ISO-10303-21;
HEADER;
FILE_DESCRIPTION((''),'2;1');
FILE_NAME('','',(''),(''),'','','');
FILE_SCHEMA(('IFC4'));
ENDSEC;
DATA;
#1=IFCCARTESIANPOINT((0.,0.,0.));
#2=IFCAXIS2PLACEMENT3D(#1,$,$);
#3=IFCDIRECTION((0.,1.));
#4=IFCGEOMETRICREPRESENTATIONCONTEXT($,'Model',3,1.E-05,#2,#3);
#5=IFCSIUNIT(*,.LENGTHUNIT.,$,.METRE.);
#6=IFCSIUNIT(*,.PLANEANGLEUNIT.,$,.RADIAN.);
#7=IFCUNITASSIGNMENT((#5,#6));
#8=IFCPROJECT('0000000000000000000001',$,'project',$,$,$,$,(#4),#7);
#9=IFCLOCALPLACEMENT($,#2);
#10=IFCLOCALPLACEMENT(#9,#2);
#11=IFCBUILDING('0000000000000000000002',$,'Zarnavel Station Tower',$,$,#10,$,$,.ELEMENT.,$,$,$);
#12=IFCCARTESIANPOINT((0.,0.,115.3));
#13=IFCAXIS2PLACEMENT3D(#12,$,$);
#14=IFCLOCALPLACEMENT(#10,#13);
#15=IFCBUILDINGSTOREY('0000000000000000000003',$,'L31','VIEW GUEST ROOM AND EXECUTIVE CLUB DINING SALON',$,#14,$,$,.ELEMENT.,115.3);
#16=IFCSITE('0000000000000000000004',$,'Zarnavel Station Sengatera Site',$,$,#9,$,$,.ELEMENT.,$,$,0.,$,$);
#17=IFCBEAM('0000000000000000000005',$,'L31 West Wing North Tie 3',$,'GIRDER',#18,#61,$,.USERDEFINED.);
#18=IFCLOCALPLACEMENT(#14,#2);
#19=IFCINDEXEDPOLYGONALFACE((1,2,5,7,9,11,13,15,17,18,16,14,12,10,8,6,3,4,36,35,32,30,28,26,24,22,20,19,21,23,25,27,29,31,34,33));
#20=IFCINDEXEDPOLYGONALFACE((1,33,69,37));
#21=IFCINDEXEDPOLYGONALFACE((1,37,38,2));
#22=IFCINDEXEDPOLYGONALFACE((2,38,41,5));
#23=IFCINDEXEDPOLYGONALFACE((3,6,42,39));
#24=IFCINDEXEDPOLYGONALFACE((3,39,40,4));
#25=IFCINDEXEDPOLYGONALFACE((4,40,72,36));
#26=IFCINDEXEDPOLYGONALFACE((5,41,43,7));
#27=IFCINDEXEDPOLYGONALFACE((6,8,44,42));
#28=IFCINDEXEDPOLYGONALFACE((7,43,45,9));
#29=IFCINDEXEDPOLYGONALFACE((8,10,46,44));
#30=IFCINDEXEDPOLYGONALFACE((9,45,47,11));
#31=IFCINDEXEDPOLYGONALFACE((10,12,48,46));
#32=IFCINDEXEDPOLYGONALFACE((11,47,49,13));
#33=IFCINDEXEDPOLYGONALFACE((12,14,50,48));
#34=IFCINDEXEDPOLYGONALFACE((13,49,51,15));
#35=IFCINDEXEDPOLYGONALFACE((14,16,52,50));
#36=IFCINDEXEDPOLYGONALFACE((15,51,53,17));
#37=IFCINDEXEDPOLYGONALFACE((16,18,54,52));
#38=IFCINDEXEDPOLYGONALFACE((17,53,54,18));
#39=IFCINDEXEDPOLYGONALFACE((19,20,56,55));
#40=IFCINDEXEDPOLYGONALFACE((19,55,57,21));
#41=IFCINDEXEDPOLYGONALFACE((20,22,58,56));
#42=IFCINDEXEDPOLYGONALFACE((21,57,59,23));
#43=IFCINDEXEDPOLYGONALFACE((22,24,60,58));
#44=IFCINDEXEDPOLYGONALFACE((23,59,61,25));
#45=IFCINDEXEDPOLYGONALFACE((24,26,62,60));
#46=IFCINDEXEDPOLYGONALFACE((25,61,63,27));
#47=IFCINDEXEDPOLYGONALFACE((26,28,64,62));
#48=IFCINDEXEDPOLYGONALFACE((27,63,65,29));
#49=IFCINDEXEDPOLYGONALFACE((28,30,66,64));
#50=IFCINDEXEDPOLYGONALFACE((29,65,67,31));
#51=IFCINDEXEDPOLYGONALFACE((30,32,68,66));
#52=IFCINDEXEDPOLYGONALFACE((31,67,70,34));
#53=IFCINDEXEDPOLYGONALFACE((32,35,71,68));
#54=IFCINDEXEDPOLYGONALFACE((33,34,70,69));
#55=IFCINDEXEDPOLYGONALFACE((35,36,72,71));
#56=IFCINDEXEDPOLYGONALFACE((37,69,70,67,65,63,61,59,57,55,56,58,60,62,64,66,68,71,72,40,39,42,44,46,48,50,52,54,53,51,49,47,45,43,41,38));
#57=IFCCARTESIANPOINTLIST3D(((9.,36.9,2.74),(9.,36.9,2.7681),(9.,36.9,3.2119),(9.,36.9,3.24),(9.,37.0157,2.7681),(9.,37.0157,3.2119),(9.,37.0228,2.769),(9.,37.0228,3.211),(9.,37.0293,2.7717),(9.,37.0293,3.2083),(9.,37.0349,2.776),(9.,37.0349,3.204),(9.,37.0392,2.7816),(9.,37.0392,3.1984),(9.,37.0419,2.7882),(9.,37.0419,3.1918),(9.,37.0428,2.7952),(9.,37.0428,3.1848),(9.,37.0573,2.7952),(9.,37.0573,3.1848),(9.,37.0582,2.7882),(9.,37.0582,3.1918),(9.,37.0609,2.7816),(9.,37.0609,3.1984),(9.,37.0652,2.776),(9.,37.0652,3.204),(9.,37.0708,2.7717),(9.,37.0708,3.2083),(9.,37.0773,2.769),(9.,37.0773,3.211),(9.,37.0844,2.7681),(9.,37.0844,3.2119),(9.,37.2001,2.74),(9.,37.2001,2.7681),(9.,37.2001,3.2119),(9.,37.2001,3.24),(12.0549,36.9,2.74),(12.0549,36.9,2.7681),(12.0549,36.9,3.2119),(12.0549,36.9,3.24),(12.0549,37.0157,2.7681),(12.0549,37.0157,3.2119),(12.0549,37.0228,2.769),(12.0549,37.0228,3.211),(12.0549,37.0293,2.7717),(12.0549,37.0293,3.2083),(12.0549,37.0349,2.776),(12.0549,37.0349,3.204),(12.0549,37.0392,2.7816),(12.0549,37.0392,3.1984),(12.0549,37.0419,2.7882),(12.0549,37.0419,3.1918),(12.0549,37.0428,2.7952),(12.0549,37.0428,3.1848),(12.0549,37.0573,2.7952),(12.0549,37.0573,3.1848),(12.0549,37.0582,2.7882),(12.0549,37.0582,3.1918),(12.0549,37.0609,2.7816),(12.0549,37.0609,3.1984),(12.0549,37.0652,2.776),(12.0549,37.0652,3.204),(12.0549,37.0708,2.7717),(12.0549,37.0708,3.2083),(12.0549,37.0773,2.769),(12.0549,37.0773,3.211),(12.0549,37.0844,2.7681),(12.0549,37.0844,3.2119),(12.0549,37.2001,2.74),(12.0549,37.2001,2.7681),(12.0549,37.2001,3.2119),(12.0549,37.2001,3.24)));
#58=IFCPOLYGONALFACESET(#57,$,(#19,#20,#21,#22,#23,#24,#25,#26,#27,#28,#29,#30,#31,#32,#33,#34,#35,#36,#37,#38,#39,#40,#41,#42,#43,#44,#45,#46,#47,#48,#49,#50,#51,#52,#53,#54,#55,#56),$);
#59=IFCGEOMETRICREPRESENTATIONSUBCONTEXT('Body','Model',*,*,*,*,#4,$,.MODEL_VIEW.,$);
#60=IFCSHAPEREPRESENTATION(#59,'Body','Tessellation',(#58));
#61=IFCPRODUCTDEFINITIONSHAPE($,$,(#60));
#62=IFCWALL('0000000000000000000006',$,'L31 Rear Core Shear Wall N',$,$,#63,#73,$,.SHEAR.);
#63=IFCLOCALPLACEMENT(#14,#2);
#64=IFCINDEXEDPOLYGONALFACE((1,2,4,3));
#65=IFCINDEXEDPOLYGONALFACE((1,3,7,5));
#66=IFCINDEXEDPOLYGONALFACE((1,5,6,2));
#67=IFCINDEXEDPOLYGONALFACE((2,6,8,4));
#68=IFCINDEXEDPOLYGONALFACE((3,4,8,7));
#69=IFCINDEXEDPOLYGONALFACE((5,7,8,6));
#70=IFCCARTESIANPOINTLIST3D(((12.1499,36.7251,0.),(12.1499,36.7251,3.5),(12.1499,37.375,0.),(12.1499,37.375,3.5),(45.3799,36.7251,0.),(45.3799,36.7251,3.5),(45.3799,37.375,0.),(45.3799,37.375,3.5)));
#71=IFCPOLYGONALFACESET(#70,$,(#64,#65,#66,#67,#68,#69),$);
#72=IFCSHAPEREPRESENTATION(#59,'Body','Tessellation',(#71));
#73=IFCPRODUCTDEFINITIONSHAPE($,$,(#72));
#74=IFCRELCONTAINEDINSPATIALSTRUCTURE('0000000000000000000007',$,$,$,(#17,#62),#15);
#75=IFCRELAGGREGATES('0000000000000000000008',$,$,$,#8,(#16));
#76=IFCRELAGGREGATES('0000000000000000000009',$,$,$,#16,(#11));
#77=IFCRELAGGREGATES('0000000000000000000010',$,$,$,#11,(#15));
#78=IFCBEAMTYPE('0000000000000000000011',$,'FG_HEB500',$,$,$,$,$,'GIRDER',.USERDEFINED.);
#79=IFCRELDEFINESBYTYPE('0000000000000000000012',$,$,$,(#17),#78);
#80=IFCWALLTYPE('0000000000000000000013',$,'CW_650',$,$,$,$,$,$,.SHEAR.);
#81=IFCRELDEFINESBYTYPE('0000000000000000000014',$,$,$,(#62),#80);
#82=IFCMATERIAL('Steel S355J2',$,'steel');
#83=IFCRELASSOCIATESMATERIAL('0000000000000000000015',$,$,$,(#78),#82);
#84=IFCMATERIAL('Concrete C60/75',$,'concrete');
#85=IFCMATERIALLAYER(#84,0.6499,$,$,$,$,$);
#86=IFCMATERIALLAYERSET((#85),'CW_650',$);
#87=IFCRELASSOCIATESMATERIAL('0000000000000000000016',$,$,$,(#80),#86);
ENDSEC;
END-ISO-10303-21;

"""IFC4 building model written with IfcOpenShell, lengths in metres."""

from ifc_helpers import new_model, si_unit, direction, frame, frame_2d, origin, origin_2d, place, context, subcontext, project, spatial, rectangle, i_section, extrude, material, layer, layer_set, material_profile, profile_set, type_object, element, save


model = new_model("IFC4")

# Units and contexts
model_context = context("Model", 3, precision=1e-05, world=origin(), true_north=direction((0.0, 1.0)))
body_context = subcontext(model_context, "Body", "Model", "MODEL_VIEW")
ifc_project = project(units=[si_unit("LENGTHUNIT", "METRE"), si_unit("PLANEANGLEUNIT", "RADIAN")], contexts=[model_context])

# Site, building, storey
site_placement = place(None, origin())
site = spatial("IfcSite", under=ifc_project, at=site_placement, Name="Zarnavel Station Sengatera Site", CompositionType="ELEMENT", RefElevation=0.0)
building_placement = place(site_placement, origin())
building = spatial("IfcBuilding", under=site, at=building_placement, Name="Zarnavel Station Tower", CompositionType="ELEMENT")
storey_placement = place(building_placement, frame((0.0, 0.0, 115.3)))
storey = spatial("IfcBuildingStorey", under=building, at=storey_placement, Name="L31", Description="VIEW GUEST ROOM AND EXECUTIVE CLUB DINING SALON", CompositionType="ELEMENT", Elevation=115.3)

# Beam
ifc_material_1 = material(Name="Steel S355J2", Category="steel")
ifc_material_profile_1 = material_profile(ifc_material_1, i_section(OverallWidth=0.3, OverallDepth=0.5, WebThickness=0.0144, FlangeThickness=0.0281, FilletRadius=0.0271, at=origin_2d()), Name="HEB500")
ifc_profile_set_1 = profile_set([ifc_material_profile_1], Name="Steel S355J2")
beam_type = type_object("IfcBeamType", Name="FG_HEB500", ElementType="GIRDER", PredefinedType="USERDEFINED", material=ifc_profile_set_1)
beam_1_placement = place(storey_placement, frame((9.0, 37.05, 2.99), z_axis=(1.0, 0.0, 0.0), x_axis=(0.0, 1.0, 0.0)))
element("IfcBeam", 1, at=beam_1_placement, inside=storey, type_object=beam_type, Name="L31 West Wing North Tie 3", ObjectType="GIRDER", PredefinedType="USERDEFINED", context=body_context, shape_type="SweptSolid", body=[
    extrude(i_section(OverallWidth=0.3, OverallDepth=0.5, WebThickness=0.0144, FlangeThickness=0.0281, FilletRadius=0.0271, at=origin_2d()), origin(), (0.0, 0.0, 1.0), 3.0549),
])

# Wall
ifc_material_2 = material(Name="Concrete C60/75", Category="concrete")
ifc_layer_1 = layer(ifc_material_2, 0.6499)
ifc_layer_set_1 = layer_set([ifc_layer_1], Name="CW_650")
wall_type_1 = type_object("IfcWallType", Name="CW_650", PredefinedType="SHEAR", material=ifc_layer_set_1)
wall_1_placement = place(storey_placement, frame((12.1499, 37.05, 0.0), z_axis=(0.0, 0.0, 1.0), x_axis=(1.0, 0.0, 0.0)))
element("IfcWall", 2, at=wall_1_placement, inside=storey, type_object=wall_type_1, Name="L31 Rear Core Shear Wall N", PredefinedType="SHEAR", context=body_context, shape_type="SweptSolid", body=[
    extrude(rectangle(XDim=33.23, YDim=0.6499, at=frame_2d((16.615, 0.0))), origin(), (0.0, 0.0, 1.0), 3.5),
])

save(model, "model.ifc")
